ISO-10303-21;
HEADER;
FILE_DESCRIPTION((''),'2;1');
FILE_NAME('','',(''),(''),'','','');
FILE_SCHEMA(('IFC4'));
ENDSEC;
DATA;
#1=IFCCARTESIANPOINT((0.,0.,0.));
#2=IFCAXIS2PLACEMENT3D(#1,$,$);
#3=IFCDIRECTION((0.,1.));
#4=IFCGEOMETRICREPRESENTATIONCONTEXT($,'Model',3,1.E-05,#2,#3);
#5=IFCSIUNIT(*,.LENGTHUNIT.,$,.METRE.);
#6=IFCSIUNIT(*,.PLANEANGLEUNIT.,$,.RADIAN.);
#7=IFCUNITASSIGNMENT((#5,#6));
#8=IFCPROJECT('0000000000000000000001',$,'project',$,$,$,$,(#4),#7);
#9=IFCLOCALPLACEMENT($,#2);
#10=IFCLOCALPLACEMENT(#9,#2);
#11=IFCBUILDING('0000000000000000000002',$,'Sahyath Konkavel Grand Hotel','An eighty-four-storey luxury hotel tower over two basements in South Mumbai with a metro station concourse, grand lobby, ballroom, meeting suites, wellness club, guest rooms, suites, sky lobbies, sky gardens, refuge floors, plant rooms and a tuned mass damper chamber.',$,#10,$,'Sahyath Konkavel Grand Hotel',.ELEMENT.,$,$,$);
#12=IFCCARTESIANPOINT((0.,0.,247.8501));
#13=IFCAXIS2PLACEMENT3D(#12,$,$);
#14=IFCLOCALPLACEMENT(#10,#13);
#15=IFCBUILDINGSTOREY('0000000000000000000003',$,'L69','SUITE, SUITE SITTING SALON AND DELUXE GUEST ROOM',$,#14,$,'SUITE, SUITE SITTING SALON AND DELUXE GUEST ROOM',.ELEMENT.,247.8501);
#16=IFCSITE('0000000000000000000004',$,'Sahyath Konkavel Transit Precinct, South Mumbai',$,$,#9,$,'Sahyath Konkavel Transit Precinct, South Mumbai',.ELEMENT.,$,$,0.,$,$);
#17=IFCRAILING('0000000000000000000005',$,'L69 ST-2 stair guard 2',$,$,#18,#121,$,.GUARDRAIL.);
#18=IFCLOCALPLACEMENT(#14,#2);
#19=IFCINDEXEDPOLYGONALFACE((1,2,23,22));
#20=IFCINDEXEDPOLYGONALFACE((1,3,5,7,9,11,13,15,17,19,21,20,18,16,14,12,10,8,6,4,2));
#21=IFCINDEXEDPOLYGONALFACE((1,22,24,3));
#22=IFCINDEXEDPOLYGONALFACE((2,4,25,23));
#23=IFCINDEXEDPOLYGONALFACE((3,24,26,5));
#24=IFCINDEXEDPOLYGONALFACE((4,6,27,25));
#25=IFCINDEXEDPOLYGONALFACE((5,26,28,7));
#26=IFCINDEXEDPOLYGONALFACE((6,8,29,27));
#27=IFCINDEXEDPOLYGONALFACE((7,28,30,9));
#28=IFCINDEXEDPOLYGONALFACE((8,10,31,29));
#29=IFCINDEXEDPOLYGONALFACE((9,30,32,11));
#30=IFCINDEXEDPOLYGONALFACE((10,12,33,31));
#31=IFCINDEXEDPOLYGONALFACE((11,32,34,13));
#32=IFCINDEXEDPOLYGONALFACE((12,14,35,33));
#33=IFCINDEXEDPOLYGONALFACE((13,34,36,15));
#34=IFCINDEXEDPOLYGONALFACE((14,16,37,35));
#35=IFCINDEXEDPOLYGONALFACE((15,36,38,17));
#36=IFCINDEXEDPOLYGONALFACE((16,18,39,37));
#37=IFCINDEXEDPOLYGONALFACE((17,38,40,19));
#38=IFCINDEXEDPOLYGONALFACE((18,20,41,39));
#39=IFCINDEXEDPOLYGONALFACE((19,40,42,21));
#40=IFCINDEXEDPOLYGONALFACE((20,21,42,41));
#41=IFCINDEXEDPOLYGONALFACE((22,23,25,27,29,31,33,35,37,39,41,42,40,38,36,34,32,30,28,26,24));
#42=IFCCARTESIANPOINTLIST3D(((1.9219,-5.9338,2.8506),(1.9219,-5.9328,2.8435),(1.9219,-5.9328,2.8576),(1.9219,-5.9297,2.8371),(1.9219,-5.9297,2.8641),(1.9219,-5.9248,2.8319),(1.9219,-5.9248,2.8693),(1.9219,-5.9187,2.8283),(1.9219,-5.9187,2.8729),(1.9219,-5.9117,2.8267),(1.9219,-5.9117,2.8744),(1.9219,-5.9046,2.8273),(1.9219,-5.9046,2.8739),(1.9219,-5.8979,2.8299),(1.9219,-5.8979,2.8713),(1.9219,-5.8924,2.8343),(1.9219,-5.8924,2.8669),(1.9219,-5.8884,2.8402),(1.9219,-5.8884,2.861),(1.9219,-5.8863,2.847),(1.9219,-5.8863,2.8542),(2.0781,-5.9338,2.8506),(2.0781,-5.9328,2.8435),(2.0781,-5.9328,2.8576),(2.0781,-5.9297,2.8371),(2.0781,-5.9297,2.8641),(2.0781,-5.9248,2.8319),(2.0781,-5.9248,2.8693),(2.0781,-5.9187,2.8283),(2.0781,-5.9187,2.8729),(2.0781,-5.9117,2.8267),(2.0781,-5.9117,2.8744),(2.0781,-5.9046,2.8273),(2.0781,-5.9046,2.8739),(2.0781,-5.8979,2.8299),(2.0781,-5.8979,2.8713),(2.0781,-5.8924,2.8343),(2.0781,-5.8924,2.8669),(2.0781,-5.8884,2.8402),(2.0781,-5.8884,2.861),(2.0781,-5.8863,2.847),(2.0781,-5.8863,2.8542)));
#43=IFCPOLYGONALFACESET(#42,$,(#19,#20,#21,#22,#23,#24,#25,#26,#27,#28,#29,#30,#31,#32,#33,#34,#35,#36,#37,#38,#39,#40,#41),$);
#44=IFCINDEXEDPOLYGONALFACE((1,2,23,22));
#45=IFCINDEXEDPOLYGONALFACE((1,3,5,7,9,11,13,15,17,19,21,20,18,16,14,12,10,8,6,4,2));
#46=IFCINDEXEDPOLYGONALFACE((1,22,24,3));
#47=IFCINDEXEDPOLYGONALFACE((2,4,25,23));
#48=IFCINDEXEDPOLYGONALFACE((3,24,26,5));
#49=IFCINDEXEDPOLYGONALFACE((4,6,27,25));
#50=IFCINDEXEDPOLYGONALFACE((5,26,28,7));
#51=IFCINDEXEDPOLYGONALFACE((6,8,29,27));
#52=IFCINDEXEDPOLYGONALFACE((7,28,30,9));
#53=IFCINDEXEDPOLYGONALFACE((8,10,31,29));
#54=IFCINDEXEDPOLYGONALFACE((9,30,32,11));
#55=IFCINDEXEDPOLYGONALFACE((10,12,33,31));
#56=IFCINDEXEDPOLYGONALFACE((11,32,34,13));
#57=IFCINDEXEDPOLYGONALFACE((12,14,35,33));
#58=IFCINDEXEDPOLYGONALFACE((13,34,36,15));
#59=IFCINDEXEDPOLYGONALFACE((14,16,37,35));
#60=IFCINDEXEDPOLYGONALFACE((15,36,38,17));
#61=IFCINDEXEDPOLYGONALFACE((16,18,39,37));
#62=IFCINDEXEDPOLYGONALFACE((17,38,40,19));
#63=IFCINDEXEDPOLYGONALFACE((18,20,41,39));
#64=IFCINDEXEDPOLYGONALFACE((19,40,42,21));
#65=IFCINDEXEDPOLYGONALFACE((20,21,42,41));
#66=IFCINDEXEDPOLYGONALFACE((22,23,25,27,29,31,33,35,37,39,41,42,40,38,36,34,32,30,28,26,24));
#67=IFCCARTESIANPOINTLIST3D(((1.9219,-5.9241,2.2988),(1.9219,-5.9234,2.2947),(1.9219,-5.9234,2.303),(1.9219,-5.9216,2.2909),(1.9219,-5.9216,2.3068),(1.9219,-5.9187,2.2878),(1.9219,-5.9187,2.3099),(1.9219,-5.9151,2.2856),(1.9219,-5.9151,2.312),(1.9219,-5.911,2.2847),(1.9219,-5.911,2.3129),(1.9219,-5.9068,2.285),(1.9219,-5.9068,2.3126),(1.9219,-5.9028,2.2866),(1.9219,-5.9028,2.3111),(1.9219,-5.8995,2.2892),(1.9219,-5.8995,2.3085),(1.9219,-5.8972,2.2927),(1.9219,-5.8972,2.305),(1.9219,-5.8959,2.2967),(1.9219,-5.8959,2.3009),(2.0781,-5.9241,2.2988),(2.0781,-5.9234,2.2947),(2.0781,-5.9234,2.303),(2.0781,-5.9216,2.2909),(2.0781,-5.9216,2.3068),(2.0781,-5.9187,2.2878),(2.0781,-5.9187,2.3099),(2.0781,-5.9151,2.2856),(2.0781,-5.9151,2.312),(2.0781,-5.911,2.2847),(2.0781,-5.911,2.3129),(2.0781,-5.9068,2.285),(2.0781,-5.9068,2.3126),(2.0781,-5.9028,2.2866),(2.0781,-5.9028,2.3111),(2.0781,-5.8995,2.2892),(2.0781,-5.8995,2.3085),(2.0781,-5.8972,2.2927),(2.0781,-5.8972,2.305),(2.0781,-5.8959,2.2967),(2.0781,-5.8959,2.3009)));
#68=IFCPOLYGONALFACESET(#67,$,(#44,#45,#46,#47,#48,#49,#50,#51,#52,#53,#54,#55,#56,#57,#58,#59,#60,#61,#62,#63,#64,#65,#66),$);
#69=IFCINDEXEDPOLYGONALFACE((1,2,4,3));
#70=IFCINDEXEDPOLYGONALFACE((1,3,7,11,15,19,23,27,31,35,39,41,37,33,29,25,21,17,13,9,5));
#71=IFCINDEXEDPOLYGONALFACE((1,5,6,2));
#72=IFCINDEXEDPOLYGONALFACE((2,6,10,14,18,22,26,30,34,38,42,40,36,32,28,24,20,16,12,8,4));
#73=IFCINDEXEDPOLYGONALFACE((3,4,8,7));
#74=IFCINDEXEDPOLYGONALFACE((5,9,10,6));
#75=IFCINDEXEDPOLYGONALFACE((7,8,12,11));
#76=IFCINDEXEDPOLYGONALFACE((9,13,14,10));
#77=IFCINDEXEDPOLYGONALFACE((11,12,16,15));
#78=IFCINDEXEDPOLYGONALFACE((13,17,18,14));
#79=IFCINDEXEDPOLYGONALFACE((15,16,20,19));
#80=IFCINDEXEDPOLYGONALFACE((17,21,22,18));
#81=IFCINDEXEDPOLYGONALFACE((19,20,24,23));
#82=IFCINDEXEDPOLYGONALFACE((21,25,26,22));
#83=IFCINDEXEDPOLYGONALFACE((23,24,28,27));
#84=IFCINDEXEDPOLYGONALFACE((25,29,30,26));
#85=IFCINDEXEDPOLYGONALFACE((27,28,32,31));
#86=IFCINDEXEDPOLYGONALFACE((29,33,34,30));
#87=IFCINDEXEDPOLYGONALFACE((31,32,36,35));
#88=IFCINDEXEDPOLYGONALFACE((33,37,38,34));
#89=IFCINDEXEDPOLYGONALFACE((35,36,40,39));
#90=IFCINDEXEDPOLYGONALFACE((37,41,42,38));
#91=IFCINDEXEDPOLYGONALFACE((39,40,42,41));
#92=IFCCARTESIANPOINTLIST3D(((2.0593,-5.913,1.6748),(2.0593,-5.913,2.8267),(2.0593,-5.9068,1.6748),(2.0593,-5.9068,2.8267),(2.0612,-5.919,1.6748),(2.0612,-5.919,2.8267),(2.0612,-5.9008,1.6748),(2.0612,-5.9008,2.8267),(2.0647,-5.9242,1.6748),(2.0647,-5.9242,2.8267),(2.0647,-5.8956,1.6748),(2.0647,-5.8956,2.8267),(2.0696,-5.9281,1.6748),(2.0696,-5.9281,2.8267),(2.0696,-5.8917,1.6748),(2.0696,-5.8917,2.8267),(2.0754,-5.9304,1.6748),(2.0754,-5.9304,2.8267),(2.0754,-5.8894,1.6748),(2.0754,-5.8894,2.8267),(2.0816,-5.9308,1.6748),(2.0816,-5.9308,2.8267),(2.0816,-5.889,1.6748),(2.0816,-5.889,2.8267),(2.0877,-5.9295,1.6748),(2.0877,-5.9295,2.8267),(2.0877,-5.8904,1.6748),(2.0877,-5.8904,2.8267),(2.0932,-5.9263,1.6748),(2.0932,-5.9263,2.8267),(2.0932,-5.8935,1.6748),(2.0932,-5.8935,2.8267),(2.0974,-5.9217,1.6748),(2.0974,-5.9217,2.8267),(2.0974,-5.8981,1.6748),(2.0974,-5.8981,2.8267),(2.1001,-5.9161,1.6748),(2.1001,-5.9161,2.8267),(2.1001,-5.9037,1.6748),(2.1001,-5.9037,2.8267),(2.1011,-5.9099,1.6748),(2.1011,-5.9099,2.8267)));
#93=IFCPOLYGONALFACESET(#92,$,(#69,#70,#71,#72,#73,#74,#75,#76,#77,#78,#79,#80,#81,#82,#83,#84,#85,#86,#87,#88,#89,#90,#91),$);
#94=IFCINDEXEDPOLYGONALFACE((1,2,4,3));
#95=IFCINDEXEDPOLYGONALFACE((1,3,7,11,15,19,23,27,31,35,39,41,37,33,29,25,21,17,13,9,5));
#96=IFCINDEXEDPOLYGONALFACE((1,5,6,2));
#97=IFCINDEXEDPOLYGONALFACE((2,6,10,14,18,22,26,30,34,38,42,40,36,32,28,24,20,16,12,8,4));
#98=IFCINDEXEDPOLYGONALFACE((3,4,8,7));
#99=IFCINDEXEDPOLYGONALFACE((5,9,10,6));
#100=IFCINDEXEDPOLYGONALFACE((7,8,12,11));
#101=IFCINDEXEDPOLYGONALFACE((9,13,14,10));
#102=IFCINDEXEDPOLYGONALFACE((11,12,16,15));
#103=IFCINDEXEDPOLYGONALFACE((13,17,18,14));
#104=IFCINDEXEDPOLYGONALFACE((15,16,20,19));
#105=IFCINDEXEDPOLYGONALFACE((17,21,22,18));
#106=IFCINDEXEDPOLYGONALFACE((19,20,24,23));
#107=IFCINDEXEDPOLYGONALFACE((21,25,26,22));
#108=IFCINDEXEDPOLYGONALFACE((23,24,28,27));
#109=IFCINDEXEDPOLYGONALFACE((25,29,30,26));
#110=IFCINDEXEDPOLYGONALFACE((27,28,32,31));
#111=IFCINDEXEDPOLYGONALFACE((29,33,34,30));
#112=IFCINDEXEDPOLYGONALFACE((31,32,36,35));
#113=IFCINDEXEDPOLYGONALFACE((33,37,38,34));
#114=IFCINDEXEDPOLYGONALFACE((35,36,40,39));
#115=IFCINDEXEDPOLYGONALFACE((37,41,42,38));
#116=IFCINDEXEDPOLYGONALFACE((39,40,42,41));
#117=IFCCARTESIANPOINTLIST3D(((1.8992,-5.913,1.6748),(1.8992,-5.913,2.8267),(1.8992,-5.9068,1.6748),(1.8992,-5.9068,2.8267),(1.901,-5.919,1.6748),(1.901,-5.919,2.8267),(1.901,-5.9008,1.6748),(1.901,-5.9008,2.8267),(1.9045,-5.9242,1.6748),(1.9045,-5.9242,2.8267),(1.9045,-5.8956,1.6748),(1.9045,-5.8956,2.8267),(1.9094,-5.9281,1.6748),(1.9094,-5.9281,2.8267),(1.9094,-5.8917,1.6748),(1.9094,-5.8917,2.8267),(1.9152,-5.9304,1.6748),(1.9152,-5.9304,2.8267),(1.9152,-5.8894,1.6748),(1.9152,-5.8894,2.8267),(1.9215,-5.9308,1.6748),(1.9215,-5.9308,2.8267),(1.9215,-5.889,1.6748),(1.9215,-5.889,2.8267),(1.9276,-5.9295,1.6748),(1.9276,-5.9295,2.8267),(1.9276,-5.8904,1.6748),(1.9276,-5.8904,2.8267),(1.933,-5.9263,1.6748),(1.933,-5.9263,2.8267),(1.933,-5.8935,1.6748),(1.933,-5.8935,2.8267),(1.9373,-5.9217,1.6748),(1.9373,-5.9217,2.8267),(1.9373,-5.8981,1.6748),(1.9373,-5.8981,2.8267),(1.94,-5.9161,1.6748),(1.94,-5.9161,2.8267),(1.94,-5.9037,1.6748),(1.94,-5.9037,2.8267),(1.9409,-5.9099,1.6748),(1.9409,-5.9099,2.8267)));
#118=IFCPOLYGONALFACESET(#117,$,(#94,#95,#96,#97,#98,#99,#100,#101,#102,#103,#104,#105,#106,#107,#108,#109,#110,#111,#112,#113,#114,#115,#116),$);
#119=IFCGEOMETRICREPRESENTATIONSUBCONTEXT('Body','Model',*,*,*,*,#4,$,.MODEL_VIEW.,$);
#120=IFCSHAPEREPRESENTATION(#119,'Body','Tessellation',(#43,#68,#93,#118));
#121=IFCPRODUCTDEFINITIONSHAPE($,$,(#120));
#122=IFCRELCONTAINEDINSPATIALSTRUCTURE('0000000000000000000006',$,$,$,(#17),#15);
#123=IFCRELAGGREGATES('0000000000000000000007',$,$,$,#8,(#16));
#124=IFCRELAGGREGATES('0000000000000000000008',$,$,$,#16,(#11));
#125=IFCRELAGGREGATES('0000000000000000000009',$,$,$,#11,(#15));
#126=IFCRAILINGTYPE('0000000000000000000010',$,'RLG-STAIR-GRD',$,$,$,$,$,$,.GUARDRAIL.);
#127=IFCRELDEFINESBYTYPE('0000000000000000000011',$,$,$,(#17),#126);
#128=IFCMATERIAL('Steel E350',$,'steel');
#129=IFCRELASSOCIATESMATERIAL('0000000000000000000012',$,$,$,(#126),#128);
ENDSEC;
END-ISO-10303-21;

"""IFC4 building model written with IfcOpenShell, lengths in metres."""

from ifc_helpers import new_model, si_unit, direction, frame, origin, origin_2d, place, context, subcontext, project, spatial, circle, extrude, material, type_object, element, save


model = new_model("IFC4")

# Units and contexts
model_context = context("Model", 3, precision=1e-05, world=origin(), true_north=direction((0.0, 1.0)))
body_context = subcontext(model_context, "Body", "Model", "MODEL_VIEW")
ifc_project = project(units=[si_unit("LENGTHUNIT", "METRE"), si_unit("PLANEANGLEUNIT", "RADIAN")], contexts=[model_context])

# Site, building, storey
site_placement = place(None, origin())
site = spatial("IfcSite", under=ifc_project, at=site_placement, Name="Sahyath Konkavel Transit Precinct, South Mumbai", LongName="Sahyath Konkavel Transit Precinct, South Mumbai", CompositionType="ELEMENT", RefElevation=0.0)
building_placement = place(site_placement, origin())
building = spatial("IfcBuilding", under=site, at=building_placement, Name="Sahyath Konkavel Grand Hotel", Description="An eighty-four-storey luxury hotel tower over two basements in South Mumbai with a metro station concourse, grand lobby, ballroom, meeting suites, wellness club, guest rooms, suites, sky lobbies, sky gardens, refuge floors, plant rooms and a tuned mass damper chamber.", LongName="Sahyath Konkavel Grand Hotel", CompositionType="ELEMENT")
storey_placement = place(building_placement, frame((0.0, 0.0, 247.8501)))
storey = spatial("IfcBuildingStorey", under=building, at=storey_placement, Name="L69", Description="SUITE, SUITE SITTING SALON AND DELUXE GUEST ROOM", LongName="SUITE, SUITE SITTING SALON AND DELUXE GUEST ROOM", CompositionType="ELEMENT", Elevation=247.8501)

# Shared definitions
ifc_material_1 = material(Name="Steel E350", Category="steel")

# Railing
railing_type_1 = type_object("IfcRailingType", Name="RLG-STAIR-GRD", PredefinedType="GUARDRAIL", material=ifc_material_1)
railing_1_placement = place(storey_placement, frame((2.0801, -5.9099, 1.6748)))
element("IfcRailing", 1, at=railing_1_placement, inside=storey, type_object=railing_type_1, Name="L69 ST-2 stair guard 2", PredefinedType="GUARDRAIL", context=body_context, shape_type="SweptSolid", body=[
    extrude(circle(Radius=0.0239, at=origin_2d()), frame((-0.002, 0.0, 1.1758), z_axis=(-1.0, 0.0, 0.0), x_axis=(0.0, -1.0, 0.0)), (0.0, 0.0, 1.0), 0.1562),
    extrude(circle(Radius=0.0142, at=origin_2d()), frame((-0.002, 0.0, 0.624), z_axis=(-1.0, 0.0, 0.0), x_axis=(0.0, -1.0, 0.0)), (0.0, 0.0, 1.0), 0.1562),
    extrude(circle(Radius=0.021, at=origin_2d()), origin(), (0.0, 0.0, 1.0), 1.1519),
    extrude(circle(Radius=0.021, at=origin_2d()), frame((-0.1602, 0.0, 0.0)), (0.0, 0.0, 1.0), 1.1519),
])

save(model, "model.ifc")
